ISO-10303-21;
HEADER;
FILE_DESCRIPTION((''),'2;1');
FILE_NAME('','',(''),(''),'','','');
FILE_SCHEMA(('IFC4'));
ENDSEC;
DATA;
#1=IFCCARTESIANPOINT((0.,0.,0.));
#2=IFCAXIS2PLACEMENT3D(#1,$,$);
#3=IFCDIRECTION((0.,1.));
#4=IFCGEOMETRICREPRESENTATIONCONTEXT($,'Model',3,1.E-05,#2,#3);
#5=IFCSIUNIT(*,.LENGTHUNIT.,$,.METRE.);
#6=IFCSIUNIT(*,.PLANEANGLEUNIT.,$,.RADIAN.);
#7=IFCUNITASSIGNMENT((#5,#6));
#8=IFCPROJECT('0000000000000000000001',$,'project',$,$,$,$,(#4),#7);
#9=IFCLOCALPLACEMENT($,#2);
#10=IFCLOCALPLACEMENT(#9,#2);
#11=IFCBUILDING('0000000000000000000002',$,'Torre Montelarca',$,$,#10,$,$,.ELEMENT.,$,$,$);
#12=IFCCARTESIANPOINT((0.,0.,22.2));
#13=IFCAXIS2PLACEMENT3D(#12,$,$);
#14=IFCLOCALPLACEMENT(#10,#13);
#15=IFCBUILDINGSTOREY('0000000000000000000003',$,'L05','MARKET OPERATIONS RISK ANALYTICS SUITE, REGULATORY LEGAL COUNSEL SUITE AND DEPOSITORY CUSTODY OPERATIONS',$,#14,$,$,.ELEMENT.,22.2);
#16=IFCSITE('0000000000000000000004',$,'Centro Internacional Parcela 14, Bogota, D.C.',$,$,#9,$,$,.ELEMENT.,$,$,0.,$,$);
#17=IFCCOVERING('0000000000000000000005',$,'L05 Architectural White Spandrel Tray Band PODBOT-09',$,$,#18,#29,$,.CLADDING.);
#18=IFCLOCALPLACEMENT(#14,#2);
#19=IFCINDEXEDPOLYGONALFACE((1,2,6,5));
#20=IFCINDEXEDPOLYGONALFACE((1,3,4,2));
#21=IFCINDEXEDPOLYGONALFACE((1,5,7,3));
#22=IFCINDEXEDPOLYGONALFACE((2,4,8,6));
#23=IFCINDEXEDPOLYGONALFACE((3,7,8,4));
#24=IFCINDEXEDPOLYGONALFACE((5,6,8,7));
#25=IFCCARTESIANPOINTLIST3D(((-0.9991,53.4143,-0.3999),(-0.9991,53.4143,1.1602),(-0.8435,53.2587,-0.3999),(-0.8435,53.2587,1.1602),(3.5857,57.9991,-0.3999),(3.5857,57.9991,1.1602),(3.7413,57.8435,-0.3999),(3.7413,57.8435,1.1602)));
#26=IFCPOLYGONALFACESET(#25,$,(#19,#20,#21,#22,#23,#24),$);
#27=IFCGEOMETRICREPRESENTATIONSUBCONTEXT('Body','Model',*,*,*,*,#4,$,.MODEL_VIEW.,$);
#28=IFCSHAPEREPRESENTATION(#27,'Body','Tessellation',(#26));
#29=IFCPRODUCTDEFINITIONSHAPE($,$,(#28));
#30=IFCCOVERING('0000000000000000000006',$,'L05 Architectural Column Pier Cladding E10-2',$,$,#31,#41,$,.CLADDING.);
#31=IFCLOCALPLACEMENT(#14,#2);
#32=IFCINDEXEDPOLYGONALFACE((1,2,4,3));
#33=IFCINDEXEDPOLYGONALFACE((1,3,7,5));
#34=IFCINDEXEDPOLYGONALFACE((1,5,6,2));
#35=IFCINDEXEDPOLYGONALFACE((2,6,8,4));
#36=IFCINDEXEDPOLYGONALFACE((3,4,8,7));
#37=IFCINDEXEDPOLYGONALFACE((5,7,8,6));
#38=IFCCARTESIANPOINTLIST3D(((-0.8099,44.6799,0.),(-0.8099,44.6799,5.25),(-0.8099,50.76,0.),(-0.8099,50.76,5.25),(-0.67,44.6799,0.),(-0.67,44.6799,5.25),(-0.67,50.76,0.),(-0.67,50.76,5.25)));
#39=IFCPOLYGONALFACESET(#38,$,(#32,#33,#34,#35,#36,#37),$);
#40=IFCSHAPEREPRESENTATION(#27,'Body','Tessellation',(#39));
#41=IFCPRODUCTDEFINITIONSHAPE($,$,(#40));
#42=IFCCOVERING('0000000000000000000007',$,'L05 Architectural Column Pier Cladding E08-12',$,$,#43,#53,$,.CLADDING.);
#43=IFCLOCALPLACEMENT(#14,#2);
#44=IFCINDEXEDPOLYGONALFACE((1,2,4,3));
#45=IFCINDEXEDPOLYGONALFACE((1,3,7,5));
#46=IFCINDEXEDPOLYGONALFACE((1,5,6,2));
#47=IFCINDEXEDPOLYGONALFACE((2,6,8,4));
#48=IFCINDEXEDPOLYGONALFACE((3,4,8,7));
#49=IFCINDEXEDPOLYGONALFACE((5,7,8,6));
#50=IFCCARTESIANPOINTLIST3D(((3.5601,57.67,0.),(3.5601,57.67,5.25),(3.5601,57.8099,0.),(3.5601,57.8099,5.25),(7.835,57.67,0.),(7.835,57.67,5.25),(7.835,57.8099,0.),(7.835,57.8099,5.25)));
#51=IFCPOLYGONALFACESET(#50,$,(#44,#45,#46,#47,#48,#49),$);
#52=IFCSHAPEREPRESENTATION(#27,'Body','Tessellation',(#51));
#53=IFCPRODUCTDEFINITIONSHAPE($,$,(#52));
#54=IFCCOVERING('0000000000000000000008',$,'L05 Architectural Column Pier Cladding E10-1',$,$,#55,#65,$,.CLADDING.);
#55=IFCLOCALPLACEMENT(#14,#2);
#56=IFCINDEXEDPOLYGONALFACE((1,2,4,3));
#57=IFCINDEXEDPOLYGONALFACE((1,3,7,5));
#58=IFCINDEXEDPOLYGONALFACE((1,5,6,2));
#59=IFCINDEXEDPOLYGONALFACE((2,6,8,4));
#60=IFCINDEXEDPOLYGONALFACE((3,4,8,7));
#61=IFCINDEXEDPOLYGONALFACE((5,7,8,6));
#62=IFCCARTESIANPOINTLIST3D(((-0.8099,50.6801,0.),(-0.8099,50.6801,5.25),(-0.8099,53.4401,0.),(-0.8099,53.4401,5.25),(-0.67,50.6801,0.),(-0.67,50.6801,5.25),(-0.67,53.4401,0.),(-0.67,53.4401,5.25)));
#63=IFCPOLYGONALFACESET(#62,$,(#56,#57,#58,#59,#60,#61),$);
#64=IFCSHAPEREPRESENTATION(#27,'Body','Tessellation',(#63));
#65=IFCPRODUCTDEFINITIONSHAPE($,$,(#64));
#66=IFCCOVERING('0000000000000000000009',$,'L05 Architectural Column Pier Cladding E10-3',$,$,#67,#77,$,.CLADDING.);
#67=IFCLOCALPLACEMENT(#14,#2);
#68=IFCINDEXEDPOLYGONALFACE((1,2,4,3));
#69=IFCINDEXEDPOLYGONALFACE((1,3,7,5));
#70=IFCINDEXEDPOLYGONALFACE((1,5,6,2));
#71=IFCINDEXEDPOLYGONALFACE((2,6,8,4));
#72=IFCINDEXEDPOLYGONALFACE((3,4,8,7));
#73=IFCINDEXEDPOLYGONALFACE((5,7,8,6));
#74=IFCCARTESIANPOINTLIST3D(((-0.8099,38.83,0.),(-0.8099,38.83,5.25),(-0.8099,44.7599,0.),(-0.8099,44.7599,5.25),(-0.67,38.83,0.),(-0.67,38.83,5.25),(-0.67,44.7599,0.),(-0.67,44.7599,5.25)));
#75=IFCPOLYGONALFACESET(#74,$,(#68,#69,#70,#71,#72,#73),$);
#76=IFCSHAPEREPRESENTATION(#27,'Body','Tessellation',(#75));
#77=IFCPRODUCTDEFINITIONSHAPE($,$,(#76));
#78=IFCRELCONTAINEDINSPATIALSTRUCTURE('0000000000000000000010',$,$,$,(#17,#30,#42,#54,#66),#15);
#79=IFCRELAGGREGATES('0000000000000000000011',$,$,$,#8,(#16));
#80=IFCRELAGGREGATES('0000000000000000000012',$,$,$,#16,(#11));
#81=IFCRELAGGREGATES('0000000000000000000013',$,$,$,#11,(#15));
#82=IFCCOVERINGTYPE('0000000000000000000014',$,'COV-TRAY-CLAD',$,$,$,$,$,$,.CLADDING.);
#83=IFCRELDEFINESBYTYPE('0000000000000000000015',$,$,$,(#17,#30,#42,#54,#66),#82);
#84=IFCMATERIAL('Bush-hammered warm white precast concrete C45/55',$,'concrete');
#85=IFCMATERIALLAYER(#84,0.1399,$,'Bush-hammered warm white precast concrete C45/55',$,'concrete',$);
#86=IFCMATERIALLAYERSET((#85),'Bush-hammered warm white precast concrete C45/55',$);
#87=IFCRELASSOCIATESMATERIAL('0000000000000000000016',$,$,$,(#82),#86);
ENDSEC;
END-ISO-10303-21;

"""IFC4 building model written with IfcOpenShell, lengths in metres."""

from ifc_helpers import new_model, si_unit, direction, frame, origin, origin_2d, place, context, subcontext, project, spatial, rectangle, extrude, source, transform, mapped, material, layer, layer_set, type_object, element, save


model = new_model("IFC4")

# Units and contexts
model_context = context("Model", 3, precision=1e-05, world=origin(), true_north=direction((0.0, 1.0)))
body_context = subcontext(model_context, "Body", "Model", "MODEL_VIEW")
ifc_project = project(units=[si_unit("LENGTHUNIT", "METRE"), si_unit("PLANEANGLEUNIT", "RADIAN")], contexts=[model_context])

# Site, building, storey
site_placement = place(None, origin())
site = spatial("IfcSite", under=ifc_project, at=site_placement, Name="Centro Internacional Parcela 14, Bogota, D.C.", CompositionType="ELEMENT", RefElevation=0.0)
building_placement = place(site_placement, origin())
building = spatial("IfcBuilding", under=site, at=building_placement, Name="Torre Montelarca", CompositionType="ELEMENT")
storey_placement = place(building_placement, frame((0.0, 0.0, 22.2)))
storey = spatial("IfcBuildingStorey", under=building, at=storey_placement, Name="L05", Description="MARKET OPERATIONS RISK ANALYTICS SUITE, REGULATORY LEGAL COUNSEL SUITE AND DEPOSITORY CUSTODY OPERATIONS", CompositionType="ELEMENT", Elevation=22.2)

# Coverings
ifc_material_1 = material(Name="Bush-hammered warm white precast concrete C45/55", Category="concrete")
ifc_layer_1 = layer(ifc_material_1, 0.1399, Name="Bush-hammered warm white precast concrete C45/55", Category="concrete")
ifc_layer_set_1 = layer_set([ifc_layer_1], Name="Bush-hammered warm white precast concrete C45/55")
covering_type = type_object("IfcCoveringType", Name="COV-TRAY-CLAD", PredefinedType="CLADDING", material=ifc_layer_set_1)
shared_shape_1 = source(origin(), body_context, "Body", "SweptSolid", [
    extrude(rectangle(XDim=6.4839, YDim=0.22, at=origin_2d()), origin(), (0.0, 0.0, 1.0), 1.5601),
])
covering_1_placement = place(storey_placement, frame((1.3711, 55.6289, -0.3999), z_axis=(0.0, 0.0, 1.0), x_axis=(-0.707107, -0.707107, 0.0)))
element("IfcCovering", 1, at=covering_1_placement, inside=storey, type_object=covering_type, Name="L05 Architectural White Spandrel Tray Band PODBOT-09", PredefinedType="CLADDING", context=body_context, shape_type="MappedRepresentation", body=[
    mapped(shared_shape_1, transform((0.0, 0.0, 0.0), scale=1.0)),
])
shared_shape_2 = source(origin(), body_context, "Body", "SweptSolid", [
    extrude(rectangle(XDim=6.0801, YDim=0.1399, at=origin_2d()), origin(), (0.0, 0.0, 1.0), 5.25),
])
covering_2_placement = place(storey_placement, frame((-0.74, 47.72, 0.0), z_axis=(0.0, 0.0, 1.0), x_axis=(0.0, -1.0, 0.0)))
element("IfcCovering", 2, at=covering_2_placement, inside=storey, type_object=covering_type, Name="L05 Architectural Column Pier Cladding E10-2", PredefinedType="CLADDING", context=body_context, shape_type="MappedRepresentation", body=[
    mapped(shared_shape_2, transform((0.0, 0.0, 0.0), scale=1.0)),
])
shared_shape_3 = source(origin(), body_context, "Body", "SweptSolid", [
    extrude(rectangle(XDim=4.2749, YDim=0.1399, at=origin_2d()), origin(), (0.0, 0.0, 1.0), 5.25),
])
covering_3_placement = place(storey_placement, frame((5.6975, 57.74, 0.0), z_axis=(0.0, 0.0, 1.0), x_axis=(-1.0, 0.0, 0.0)))
element("IfcCovering", 3, at=covering_3_placement, inside=storey, type_object=covering_type, Name="L05 Architectural Column Pier Cladding E08-12", PredefinedType="CLADDING", context=body_context, shape_type="MappedRepresentation", body=[
    mapped(shared_shape_3, transform((0.0, 0.0, 0.0), scale=1.0)),
])
shared_shape_4 = source(origin(), body_context, "Body", "SweptSolid", [
    extrude(rectangle(XDim=2.76, YDim=0.1399, at=origin_2d()), origin(), (0.0, 0.0, 1.0), 5.25),
])
covering_4_placement = place(storey_placement, frame((-0.74, 52.0601, 0.0), z_axis=(0.0, 0.0, 1.0), x_axis=(0.0, -1.0, 0.0)))
element("IfcCovering", 4, at=covering_4_placement, inside=storey, type_object=covering_type, Name="L05 Architectural Column Pier Cladding E10-1", PredefinedType="CLADDING", context=body_context, shape_type="MappedRepresentation", body=[
    mapped(shared_shape_4, transform((0.0, 0.0, 0.0), scale=1.0)),
])
shared_shape_5 = source(origin(), body_context, "Body", "SweptSolid", [
    extrude(rectangle(XDim=5.9299, YDim=0.1399, at=origin_2d()), origin(), (0.0, 0.0, 1.0), 5.25),
])
covering_5_placement = place(storey_placement, frame((-0.74, 41.7949, 0.0), z_axis=(0.0, 0.0, 1.0), x_axis=(0.0, -1.0, 0.0)))
element("IfcCovering", 5, at=covering_5_placement, inside=storey, type_object=covering_type, Name="L05 Architectural Column Pier Cladding E10-3", PredefinedType="CLADDING", context=body_context, shape_type="MappedRepresentation", body=[
    mapped(shared_shape_5, transform((0.0, 0.0, 0.0), scale=1.0)),
])

save(model, "model.ifc")
